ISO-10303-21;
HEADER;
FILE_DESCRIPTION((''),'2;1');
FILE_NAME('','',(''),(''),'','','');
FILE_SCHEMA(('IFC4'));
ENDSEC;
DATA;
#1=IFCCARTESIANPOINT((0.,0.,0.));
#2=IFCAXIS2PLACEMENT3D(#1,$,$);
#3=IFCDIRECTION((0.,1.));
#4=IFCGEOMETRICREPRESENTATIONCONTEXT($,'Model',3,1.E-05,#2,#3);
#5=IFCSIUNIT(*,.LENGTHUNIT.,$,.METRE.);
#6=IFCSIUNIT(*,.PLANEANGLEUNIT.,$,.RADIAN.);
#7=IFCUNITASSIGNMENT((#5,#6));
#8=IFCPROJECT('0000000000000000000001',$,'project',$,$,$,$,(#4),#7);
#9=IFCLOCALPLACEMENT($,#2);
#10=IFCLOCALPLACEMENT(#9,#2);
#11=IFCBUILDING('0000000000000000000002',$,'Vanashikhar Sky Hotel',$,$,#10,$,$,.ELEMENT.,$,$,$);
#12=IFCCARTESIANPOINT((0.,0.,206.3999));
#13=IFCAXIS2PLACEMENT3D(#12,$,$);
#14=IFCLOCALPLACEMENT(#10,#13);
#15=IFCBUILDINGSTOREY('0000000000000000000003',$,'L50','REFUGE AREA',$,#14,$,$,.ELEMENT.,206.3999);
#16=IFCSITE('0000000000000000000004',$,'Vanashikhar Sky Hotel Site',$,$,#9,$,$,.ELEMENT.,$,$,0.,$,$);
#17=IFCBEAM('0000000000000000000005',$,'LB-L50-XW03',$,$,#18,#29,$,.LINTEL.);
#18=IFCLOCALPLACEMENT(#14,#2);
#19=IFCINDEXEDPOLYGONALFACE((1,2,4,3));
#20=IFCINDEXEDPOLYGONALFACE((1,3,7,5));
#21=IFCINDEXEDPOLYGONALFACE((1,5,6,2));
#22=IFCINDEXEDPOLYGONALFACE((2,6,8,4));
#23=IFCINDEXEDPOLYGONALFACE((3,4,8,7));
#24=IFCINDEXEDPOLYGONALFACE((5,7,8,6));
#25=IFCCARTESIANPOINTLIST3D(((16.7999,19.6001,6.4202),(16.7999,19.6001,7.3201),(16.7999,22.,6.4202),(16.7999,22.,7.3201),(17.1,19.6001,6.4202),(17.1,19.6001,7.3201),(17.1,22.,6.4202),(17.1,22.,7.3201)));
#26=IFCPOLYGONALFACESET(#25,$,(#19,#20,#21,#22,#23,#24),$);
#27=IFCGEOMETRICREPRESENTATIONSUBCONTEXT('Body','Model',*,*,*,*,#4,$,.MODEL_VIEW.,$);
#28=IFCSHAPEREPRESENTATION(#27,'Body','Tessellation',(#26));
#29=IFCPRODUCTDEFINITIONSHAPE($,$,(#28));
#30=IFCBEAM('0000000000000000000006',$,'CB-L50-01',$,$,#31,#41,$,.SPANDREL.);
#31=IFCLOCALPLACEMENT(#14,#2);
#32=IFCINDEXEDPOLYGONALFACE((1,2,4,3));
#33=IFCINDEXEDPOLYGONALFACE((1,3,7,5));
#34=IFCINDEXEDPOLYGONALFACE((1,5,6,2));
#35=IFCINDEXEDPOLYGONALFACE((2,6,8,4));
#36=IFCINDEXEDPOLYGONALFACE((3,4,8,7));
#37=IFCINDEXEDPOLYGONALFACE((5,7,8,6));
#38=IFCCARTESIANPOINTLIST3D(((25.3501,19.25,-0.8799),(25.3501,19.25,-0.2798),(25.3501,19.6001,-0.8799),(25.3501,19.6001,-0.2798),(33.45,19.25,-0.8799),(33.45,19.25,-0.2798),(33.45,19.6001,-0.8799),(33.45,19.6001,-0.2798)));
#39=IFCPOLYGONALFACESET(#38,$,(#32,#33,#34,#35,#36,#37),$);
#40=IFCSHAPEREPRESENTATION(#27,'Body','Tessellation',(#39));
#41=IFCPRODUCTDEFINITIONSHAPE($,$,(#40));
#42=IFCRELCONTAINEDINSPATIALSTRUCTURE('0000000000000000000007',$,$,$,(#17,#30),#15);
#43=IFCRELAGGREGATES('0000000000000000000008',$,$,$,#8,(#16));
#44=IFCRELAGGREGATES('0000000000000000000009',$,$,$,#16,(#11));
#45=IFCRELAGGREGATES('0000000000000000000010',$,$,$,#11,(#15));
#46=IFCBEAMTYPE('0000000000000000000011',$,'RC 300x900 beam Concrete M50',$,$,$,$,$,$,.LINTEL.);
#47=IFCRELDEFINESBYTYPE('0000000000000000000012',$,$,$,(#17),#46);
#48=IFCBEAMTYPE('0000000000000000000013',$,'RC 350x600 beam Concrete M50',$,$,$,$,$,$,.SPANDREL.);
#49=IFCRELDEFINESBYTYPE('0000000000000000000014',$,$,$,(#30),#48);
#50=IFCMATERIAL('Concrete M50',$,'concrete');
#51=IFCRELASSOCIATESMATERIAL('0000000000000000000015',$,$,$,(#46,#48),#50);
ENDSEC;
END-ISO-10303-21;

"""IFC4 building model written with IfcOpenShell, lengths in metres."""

from ifc_helpers import new_model, si_unit, direction, frame, origin, origin_2d, place, context, subcontext, project, spatial, rectangle, extrude, source, transform, mapped, material, material_profile, profile_set, type_object, element, save


model = new_model("IFC4")

# Units and contexts
model_context = context("Model", 3, precision=1e-05, world=origin(), true_north=direction((0.0, 1.0)))
body_context = subcontext(model_context, "Body", "Model", "MODEL_VIEW")
ifc_project = project(units=[si_unit("LENGTHUNIT", "METRE"), si_unit("PLANEANGLEUNIT", "RADIAN")], contexts=[model_context])

# Site, building, storey
site_placement = place(None, origin())
site = spatial("IfcSite", under=ifc_project, at=site_placement, Name="Vanashikhar Sky Hotel Site", CompositionType="ELEMENT", RefElevation=0.0)
building_placement = place(site_placement, origin())
building = spatial("IfcBuilding", under=site, at=building_placement, Name="Vanashikhar Sky Hotel", CompositionType="ELEMENT")
storey_placement = place(building_placement, frame((0.0, 0.0, 206.3999)))
storey = spatial("IfcBuildingStorey", under=building, at=storey_placement, Name="L50", Description="REFUGE AREA", CompositionType="ELEMENT", Elevation=206.3999)

# Beams
ifc_material_1 = material(Name="Concrete M50", Category="concrete")
ifc_material_profile_1 = material_profile(ifc_material_1, rectangle(XDim=0.3, YDim=0.8999, at=origin_2d()))
ifc_profile_set_1 = profile_set([ifc_material_profile_1], Name="RC 300x900 beam Concrete M50")
beam_type_1 = type_object("IfcBeamType", Name="RC 300x900 beam Concrete M50", PredefinedType="LINTEL", material=ifc_profile_set_1)
shared_shape_1 = source(origin(), body_context, "Body", "SweptSolid", [
    extrude(rectangle(XDim=0.3, YDim=0.8999, at=origin_2d()), origin(), (0.0, 0.0, 1.0), 2.3999),
])
beam_1_placement = place(storey_placement, frame((16.95, 19.6001, 6.8701), z_axis=(0.0, 1.0, 0.0), x_axis=(-1.0, 0.0, 0.0)))
element("IfcBeam", 1, at=beam_1_placement, inside=storey, type_object=beam_type_1, Name="LB-L50-XW03", PredefinedType="LINTEL", context=body_context, shape_type="MappedRepresentation", body=[
    mapped(shared_shape_1, transform((0.0, 0.0, 0.0), scale=1.0)),
])
ifc_material_profile_2 = material_profile(ifc_material_1, rectangle(XDim=0.3501, YDim=0.6001, at=origin_2d()))
ifc_profile_set_2 = profile_set([ifc_material_profile_2], Name="RC 350x600 beam Concrete M50")
beam_type_2 = type_object("IfcBeamType", Name="RC 350x600 beam Concrete M50", PredefinedType="SPANDREL", material=ifc_profile_set_2)
shared_shape_2 = source(origin(), body_context, "Body", "SweptSolid", [
    extrude(rectangle(XDim=0.3501, YDim=0.6001, at=origin_2d()), origin(), (0.0, 0.0, 1.0), 8.0999),
])
beam_2_placement = place(storey_placement, frame((25.3501, 19.425, -0.5798), z_axis=(1.0, 0.0, 0.0), x_axis=(0.0, 1.0, 0.0)))
element("IfcBeam", 2, at=beam_2_placement, inside=storey, type_object=beam_type_2, Name="CB-L50-01", PredefinedType="SPANDREL", context=body_context, shape_type="MappedRepresentation", body=[
    mapped(shared_shape_2, transform((0.0, 0.0, 0.0), scale=1.0)),
])

save(model, "model.ifc")
